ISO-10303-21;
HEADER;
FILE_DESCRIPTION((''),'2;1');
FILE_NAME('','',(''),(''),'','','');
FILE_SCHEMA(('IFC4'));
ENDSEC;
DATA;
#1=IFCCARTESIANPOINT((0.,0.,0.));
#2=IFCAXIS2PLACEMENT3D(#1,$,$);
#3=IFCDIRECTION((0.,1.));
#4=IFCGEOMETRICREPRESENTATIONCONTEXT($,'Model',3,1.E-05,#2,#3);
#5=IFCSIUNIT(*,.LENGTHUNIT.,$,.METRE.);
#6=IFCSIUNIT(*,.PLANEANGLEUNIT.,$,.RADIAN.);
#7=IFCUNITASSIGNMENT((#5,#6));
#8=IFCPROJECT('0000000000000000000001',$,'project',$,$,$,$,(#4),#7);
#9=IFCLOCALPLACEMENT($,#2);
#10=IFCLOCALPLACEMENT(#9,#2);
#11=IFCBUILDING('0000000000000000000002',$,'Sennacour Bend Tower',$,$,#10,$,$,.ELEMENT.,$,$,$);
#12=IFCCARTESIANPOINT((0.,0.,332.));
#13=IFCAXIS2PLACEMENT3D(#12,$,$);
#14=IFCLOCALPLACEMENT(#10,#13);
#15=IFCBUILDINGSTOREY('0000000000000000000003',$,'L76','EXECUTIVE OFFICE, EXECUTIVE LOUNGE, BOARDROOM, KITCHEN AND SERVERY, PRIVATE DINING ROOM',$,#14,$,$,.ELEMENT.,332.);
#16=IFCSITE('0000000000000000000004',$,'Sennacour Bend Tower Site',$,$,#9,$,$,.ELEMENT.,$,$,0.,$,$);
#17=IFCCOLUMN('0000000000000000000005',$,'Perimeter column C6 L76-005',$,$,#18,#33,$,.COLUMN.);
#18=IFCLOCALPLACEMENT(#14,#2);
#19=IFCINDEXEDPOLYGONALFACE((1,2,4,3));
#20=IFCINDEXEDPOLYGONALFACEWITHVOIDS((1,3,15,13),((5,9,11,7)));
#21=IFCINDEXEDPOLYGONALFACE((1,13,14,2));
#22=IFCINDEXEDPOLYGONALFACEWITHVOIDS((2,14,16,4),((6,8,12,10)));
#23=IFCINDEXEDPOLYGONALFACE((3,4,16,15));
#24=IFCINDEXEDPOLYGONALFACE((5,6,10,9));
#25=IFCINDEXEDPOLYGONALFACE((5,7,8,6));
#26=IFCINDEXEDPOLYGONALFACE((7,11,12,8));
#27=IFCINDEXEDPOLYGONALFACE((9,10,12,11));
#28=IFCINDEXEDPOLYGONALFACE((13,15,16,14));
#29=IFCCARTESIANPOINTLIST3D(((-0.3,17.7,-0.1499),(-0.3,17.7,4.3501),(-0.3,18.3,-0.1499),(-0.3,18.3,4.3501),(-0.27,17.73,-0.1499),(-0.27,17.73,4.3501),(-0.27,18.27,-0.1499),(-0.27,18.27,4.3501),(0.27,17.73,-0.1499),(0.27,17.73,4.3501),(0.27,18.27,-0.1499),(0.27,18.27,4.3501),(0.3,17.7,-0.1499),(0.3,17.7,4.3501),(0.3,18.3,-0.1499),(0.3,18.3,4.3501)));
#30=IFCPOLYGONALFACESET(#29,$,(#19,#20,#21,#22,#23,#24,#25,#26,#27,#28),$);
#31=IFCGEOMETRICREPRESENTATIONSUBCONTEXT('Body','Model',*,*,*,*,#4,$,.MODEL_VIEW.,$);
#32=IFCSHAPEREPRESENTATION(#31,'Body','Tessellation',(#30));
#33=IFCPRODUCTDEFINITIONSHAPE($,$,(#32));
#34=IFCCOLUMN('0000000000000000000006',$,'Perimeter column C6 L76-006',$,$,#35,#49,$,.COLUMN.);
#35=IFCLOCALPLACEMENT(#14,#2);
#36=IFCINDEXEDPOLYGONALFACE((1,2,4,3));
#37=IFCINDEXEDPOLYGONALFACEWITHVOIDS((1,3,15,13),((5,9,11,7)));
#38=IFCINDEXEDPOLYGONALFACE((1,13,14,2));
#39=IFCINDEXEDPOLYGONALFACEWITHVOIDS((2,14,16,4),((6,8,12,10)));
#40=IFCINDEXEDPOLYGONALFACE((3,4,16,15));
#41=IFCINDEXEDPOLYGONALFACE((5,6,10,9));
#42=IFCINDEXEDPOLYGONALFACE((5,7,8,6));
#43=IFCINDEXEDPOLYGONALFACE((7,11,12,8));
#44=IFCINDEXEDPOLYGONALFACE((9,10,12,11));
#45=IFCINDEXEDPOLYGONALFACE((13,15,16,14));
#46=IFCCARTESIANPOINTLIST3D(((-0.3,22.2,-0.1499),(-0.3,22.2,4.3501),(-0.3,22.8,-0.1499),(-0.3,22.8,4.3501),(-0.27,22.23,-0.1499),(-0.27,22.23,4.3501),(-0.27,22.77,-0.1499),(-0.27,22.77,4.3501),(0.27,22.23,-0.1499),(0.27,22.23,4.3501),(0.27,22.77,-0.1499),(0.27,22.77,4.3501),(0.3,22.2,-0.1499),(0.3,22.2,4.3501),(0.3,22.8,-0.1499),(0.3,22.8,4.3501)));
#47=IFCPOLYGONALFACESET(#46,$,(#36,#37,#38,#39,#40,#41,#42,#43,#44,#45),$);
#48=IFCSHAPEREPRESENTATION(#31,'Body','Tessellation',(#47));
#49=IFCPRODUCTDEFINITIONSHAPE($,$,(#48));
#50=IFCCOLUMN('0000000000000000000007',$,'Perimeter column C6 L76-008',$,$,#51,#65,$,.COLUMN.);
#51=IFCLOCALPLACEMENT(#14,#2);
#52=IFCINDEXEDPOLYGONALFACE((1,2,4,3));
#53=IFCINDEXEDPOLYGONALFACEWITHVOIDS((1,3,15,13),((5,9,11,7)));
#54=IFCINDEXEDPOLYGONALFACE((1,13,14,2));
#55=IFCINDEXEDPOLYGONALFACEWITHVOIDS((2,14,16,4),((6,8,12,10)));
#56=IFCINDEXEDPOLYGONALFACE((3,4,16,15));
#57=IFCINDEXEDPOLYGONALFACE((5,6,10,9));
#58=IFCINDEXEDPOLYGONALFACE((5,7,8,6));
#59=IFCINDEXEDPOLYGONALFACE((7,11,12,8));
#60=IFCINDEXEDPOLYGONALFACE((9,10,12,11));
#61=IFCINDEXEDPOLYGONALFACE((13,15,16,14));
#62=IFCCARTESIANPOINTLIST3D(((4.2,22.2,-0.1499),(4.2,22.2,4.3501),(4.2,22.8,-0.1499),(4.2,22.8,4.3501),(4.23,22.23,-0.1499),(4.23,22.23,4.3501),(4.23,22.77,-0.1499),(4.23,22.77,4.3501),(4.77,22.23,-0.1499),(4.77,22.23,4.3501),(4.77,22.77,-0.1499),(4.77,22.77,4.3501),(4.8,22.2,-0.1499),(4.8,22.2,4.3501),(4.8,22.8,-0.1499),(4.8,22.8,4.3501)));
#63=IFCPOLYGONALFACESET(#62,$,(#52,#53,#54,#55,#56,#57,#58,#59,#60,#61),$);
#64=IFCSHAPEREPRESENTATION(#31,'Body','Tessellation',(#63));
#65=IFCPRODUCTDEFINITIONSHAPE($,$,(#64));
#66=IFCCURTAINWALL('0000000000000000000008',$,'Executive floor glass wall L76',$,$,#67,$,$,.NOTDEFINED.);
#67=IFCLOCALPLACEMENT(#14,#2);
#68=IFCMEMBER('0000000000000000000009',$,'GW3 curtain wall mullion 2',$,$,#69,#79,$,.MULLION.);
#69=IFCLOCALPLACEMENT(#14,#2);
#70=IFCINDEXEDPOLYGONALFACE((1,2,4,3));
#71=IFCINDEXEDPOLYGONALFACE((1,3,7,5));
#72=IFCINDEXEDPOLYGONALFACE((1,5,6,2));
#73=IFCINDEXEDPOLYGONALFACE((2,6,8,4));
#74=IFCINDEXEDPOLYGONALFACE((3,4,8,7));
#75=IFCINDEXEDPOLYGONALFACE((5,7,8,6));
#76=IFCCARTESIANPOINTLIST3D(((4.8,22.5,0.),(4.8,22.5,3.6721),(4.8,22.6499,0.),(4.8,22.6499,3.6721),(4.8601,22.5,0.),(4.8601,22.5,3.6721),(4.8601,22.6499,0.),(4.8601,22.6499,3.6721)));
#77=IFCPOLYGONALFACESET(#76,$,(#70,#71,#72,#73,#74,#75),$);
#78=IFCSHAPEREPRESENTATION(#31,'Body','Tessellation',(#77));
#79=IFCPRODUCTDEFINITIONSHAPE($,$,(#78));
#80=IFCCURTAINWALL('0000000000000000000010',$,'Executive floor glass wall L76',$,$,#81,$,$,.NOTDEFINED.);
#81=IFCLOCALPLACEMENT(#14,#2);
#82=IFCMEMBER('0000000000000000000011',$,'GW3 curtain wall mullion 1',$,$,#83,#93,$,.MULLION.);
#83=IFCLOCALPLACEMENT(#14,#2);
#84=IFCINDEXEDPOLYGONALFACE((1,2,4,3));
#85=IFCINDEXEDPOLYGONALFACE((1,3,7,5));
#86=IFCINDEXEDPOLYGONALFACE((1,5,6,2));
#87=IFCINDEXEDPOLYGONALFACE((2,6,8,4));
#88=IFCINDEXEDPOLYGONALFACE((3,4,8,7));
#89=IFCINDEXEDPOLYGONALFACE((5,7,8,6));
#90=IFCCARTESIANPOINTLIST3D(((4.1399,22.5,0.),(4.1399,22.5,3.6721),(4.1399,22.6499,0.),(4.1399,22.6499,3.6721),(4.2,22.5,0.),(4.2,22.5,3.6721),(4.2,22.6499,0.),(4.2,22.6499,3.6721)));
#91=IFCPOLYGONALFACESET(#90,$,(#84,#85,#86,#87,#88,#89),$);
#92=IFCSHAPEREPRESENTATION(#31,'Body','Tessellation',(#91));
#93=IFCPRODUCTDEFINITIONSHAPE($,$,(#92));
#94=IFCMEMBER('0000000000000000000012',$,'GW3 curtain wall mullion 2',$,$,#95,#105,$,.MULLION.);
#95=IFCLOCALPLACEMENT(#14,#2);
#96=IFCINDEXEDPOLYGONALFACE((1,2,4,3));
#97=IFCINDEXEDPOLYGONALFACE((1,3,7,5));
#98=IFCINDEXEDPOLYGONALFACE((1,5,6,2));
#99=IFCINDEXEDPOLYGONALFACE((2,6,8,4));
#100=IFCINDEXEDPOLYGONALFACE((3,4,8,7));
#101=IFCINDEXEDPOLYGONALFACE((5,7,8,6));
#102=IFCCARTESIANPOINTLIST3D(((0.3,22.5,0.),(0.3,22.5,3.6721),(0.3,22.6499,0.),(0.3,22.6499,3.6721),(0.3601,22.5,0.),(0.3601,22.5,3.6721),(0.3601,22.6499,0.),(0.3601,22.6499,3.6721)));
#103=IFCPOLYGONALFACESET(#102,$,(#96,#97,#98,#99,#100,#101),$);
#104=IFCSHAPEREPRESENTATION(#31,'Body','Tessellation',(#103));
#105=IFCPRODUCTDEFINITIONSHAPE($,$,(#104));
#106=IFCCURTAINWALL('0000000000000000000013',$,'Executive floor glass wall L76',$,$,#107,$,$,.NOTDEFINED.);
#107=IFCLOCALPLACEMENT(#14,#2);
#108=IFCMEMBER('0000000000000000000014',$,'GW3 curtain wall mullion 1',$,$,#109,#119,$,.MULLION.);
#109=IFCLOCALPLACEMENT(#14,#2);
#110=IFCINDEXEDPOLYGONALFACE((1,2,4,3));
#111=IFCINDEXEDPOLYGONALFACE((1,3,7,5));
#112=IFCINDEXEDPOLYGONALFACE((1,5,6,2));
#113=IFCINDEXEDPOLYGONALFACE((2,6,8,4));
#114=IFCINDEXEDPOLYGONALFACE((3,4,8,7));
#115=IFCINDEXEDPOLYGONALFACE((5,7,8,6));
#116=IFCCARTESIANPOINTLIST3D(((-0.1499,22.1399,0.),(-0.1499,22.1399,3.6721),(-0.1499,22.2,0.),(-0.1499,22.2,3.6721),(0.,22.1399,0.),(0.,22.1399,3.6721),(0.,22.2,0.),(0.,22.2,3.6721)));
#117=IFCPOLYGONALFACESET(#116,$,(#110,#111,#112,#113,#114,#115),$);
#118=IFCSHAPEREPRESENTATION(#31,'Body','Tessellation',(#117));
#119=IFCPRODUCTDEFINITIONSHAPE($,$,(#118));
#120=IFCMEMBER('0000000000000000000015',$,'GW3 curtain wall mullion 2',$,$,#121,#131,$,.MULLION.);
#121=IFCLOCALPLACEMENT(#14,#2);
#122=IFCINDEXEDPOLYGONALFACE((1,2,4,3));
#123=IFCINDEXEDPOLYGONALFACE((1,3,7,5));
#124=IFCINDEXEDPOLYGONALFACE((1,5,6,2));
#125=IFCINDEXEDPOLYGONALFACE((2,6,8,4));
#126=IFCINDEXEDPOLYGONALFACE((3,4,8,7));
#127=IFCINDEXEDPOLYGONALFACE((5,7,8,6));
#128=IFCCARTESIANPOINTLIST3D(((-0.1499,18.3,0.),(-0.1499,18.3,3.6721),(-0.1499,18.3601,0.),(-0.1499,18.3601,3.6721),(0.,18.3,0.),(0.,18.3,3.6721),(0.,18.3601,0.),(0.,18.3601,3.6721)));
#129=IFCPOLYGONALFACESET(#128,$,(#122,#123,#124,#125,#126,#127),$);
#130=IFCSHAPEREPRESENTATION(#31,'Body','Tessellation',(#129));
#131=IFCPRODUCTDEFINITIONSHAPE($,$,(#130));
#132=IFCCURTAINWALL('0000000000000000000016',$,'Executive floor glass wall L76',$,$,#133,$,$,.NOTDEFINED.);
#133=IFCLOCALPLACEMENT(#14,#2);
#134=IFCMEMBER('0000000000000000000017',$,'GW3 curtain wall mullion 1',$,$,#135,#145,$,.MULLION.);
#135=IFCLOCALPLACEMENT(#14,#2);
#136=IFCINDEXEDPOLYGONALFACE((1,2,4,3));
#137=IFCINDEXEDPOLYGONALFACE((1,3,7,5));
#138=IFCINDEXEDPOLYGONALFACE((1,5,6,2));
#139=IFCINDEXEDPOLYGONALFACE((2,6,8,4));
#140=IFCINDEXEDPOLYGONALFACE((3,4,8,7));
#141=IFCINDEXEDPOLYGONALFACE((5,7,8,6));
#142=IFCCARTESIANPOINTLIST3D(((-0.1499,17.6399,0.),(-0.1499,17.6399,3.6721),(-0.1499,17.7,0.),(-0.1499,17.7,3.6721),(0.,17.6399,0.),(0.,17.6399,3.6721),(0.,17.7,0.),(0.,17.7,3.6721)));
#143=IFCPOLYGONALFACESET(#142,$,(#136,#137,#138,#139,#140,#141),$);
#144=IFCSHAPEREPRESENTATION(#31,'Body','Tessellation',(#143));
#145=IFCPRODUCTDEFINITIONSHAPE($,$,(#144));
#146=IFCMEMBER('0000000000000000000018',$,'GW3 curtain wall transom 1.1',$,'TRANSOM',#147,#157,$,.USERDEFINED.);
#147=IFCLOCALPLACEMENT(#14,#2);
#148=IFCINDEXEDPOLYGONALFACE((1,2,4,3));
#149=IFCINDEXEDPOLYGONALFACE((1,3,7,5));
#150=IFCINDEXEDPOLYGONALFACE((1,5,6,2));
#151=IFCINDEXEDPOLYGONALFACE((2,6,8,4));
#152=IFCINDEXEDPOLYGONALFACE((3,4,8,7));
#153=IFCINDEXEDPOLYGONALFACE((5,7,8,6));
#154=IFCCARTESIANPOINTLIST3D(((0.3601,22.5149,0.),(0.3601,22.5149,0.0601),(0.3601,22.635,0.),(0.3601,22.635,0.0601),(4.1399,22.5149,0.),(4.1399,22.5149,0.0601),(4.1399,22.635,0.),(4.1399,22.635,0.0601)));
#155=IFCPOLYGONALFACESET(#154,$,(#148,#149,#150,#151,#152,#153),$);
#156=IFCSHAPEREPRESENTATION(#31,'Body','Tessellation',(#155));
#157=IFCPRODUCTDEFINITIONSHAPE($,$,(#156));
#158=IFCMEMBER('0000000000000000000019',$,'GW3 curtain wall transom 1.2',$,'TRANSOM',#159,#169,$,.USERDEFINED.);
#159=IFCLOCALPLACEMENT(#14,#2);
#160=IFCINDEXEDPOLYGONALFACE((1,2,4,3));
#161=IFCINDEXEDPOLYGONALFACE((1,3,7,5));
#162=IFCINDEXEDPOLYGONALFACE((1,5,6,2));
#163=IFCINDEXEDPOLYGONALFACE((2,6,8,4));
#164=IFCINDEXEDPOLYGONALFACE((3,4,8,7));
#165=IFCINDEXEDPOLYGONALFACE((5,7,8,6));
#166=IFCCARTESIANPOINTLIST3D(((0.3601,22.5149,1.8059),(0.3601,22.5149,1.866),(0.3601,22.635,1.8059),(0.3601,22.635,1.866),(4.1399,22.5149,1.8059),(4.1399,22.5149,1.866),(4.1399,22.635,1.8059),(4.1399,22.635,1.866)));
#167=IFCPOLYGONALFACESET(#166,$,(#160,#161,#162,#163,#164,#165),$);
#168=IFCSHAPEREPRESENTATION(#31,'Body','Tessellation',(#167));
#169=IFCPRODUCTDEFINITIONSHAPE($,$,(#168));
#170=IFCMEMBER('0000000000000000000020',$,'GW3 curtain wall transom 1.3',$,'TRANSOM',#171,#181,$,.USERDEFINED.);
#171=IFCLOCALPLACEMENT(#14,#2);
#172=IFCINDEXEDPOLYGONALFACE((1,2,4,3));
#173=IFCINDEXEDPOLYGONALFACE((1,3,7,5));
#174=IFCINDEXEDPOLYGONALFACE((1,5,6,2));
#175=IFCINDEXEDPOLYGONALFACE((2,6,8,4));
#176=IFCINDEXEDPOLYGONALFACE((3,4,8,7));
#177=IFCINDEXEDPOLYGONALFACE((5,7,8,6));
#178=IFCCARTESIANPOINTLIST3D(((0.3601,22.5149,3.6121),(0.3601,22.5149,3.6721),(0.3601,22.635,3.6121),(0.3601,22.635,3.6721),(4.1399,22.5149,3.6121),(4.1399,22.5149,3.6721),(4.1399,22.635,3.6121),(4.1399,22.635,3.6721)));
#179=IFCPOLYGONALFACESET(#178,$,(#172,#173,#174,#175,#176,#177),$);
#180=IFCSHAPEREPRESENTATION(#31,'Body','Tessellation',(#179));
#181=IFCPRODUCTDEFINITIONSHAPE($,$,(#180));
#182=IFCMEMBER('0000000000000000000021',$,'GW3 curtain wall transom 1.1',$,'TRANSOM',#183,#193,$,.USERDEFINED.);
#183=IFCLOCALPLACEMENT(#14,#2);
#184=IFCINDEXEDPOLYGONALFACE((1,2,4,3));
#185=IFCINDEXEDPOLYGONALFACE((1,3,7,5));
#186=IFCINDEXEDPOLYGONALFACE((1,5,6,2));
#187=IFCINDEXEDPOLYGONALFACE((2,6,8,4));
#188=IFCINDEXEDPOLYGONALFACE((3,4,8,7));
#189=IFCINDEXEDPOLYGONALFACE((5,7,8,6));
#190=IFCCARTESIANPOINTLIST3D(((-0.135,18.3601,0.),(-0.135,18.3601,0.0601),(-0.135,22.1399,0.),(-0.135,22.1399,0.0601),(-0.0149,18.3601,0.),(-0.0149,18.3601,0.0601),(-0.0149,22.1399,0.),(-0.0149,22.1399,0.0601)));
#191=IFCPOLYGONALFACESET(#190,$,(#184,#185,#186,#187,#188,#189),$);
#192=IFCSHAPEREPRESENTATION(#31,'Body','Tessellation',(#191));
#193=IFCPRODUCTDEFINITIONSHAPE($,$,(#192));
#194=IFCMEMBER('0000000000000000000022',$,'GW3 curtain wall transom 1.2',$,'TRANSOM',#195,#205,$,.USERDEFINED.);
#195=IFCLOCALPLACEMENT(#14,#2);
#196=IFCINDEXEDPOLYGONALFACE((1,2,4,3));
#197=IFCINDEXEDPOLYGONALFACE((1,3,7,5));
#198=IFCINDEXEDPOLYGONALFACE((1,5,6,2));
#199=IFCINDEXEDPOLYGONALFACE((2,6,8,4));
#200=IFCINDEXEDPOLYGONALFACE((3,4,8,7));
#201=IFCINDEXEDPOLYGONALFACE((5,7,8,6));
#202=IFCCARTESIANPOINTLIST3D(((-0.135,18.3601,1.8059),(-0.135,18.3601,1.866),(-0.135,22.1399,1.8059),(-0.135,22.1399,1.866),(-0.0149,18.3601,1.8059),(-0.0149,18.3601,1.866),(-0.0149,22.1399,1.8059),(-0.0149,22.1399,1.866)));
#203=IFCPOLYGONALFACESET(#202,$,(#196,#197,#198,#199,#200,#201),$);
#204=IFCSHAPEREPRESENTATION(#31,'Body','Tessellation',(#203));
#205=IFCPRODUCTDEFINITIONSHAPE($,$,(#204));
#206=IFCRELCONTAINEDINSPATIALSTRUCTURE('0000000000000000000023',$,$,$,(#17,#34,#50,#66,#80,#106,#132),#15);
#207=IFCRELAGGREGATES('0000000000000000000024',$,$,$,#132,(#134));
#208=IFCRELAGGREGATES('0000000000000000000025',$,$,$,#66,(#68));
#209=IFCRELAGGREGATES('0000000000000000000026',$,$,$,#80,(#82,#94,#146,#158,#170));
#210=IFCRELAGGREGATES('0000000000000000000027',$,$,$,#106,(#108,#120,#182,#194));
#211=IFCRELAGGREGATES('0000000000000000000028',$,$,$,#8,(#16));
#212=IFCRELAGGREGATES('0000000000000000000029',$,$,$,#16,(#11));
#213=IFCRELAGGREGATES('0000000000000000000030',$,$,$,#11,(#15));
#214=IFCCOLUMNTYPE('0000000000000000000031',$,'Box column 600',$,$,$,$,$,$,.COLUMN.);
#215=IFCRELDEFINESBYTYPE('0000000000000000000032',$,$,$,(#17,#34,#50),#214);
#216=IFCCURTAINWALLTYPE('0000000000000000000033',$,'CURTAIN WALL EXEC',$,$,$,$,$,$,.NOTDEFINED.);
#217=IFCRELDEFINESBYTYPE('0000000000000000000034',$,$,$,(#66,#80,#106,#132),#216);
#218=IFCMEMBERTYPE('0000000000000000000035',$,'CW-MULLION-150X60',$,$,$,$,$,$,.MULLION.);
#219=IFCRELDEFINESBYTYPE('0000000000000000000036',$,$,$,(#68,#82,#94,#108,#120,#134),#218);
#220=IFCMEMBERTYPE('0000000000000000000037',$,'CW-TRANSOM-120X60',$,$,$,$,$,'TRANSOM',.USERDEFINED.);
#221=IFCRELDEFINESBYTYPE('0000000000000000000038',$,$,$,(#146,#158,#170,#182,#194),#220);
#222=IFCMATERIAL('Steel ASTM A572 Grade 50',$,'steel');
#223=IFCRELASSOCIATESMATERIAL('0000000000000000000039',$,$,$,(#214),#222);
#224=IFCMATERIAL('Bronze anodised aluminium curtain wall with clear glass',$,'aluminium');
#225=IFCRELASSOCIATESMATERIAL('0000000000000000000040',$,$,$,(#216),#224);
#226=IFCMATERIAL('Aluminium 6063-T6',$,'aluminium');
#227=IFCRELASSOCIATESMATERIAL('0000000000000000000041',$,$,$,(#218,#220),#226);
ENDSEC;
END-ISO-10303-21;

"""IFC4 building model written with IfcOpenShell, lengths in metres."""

from ifc_helpers import new_model, si_unit, direction, frame, origin, origin_2d, place, context, subcontext, project, spatial, rectangle, hollow_rectangle, extrude, material, material_profile, profile_set, type_object, element, aggregate, save


model = new_model("IFC4")

# Units and contexts
model_context = context("Model", 3, precision=1e-05, world=origin(), true_north=direction((0.0, 1.0)))
body_context = subcontext(model_context, "Body", "Model", "MODEL_VIEW")
ifc_project = project(units=[si_unit("LENGTHUNIT", "METRE"), si_unit("PLANEANGLEUNIT", "RADIAN")], contexts=[model_context])

# Site, building, storey
site_placement = place(None, origin())
site = spatial("IfcSite", under=ifc_project, at=site_placement, Name="Sennacour Bend Tower Site", CompositionType="ELEMENT", RefElevation=0.0)
building_placement = place(site_placement, origin())
building = spatial("IfcBuilding", under=site, at=building_placement, Name="Sennacour Bend Tower", CompositionType="ELEMENT")
storey_placement = place(building_placement, frame((0.0, 0.0, 332.0)))
storey = spatial("IfcBuildingStorey", under=building, at=storey_placement, Name="L76", Description="EXECUTIVE OFFICE, EXECUTIVE LOUNGE, BOARDROOM, KITCHEN AND SERVERY, PRIVATE DINING ROOM", CompositionType="ELEMENT", Elevation=332.0)

# Columns
ifc_material_1 = material(Name="Steel ASTM A572 Grade 50", Category="steel")
ifc_material_profile_1 = material_profile(ifc_material_1, hollow_rectangle(XDim=0.6001, YDim=0.6001, WallThickness=0.03, at=origin_2d()), Name="Steel ASTM A572 Grade 50", Category="steel")
ifc_profile_set_1 = profile_set([ifc_material_profile_1], Name="Steel ASTM A572 Grade 50")
column_type = type_object("IfcColumnType", Name="Box column 600", PredefinedType="COLUMN", material=ifc_profile_set_1)
for number, where, z_axis, x_axis, name in (
    (1, (0.0, 18.0, -0.1499), (0.0, 0.0, 1.0), (1.0, 0.0, 0.0), "Perimeter column C6 L76-005"),
    (2, (0.0, 22.5, -0.1499), (0.0, 0.0, 1.0), (1.0, 0.0, 0.0), "Perimeter column C6 L76-006"),
    (3, (4.5, 22.5, -0.1499), (0.0, 0.0, 1.0), (1.0, 0.0, 0.0), "Perimeter column C6 L76-008"),
):
    element("IfcColumn", number, at=place(storey_placement, frame(where, z_axis=z_axis, x_axis=x_axis)), inside=storey, type_object=column_type, Name=name, PredefinedType="COLUMN", context=body_context, shape_type="SweptSolid", body=[
        extrude(hollow_rectangle(XDim=0.6001, YDim=0.6001, WallThickness=0.03, at=origin_2d()), origin(), (0.0, 0.0, 1.0), 4.5),
    ])

# Curtain wall, member
ifc_material_2 = material(Name="Bronze anodised aluminium curtain wall with clear glass", Category="aluminium")
curtain_wall_type = type_object("IfcCurtainWallType", Name="CURTAIN WALL EXEC", PredefinedType="NOTDEFINED", material=ifc_material_2)
curtain_wall_1_placement = place(storey_placement, origin())
curtain_wall_1 = element("IfcCurtainWall", 4, at=curtain_wall_1_placement, inside=storey, type_object=curtain_wall_type, Name="Executive floor glass wall L76", PredefinedType="NOTDEFINED")
ifc_material_3 = material(Name="Aluminium 6063-T6", Category="aluminium")
ifc_material_profile_2 = material_profile(ifc_material_3, rectangle(XDim=0.1499, YDim=0.0601, at=origin_2d()), Name="Aluminium 6063-T6", Category="aluminium")
ifc_profile_set_2 = profile_set([ifc_material_profile_2], Name="Aluminium 6063-T6")
member_type_1 = type_object("IfcMemberType", Name="CW-MULLION-150X60", PredefinedType="MULLION", material=ifc_profile_set_2)
member_1_placement = place(storey_placement, frame((4.8301, 22.575, 0.0), z_axis=(0.0, 0.0, 1.0), x_axis=(0.0, -1.0, 0.0)))
member_1 = element("IfcMember", 5, at=member_1_placement, type_object=member_type_1, Name="GW3 curtain wall mullion 2", PredefinedType="MULLION", context=body_context, shape_type="SweptSolid", body=[
    extrude(rectangle(XDim=0.1499, YDim=0.0601, at=origin_2d()), origin(), (0.0, 0.0, 1.0), 3.6721),
])

# Curtain walls, members
curtain_wall_2_placement = place(storey_placement, origin())
curtain_wall_2 = element("IfcCurtainWall", 6, at=curtain_wall_2_placement, inside=storey, type_object=curtain_wall_type, Name="Executive floor glass wall L76", PredefinedType="NOTDEFINED")
member_2_placement = place(storey_placement, frame((4.1699, 22.575, 0.0), z_axis=(0.0, 0.0, 1.0), x_axis=(0.0, -1.0, 0.0)))
member_2 = element("IfcMember", 7, at=member_2_placement, type_object=member_type_1, Name="GW3 curtain wall mullion 1", PredefinedType="MULLION", context=body_context, shape_type="SweptSolid", body=[
    extrude(rectangle(XDim=0.1499, YDim=0.0601, at=origin_2d()), origin(), (0.0, 0.0, 1.0), 3.6721),
])
member_3_placement = place(storey_placement, frame((0.3301, 22.575, 0.0), z_axis=(0.0, 0.0, 1.0), x_axis=(0.0, -1.0, 0.0)))
member_3 = element("IfcMember", 8, at=member_3_placement, type_object=member_type_1, Name="GW3 curtain wall mullion 2", PredefinedType="MULLION", context=body_context, shape_type="SweptSolid", body=[
    extrude(rectangle(XDim=0.1499, YDim=0.0601, at=origin_2d()), origin(), (0.0, 0.0, 1.0), 3.6721),
])
curtain_wall_3_placement = place(storey_placement, origin())
curtain_wall_3 = element("IfcCurtainWall", 9, at=curtain_wall_3_placement, inside=storey, type_object=curtain_wall_type, Name="Executive floor glass wall L76", PredefinedType="NOTDEFINED")
member_4_placement = place(storey_placement, frame((-0.075, 22.1699, 0.0), z_axis=(0.0, 0.0, 1.0), x_axis=(1.0, 0.0, 0.0)))
member_4 = element("IfcMember", 10, at=member_4_placement, type_object=member_type_1, Name="GW3 curtain wall mullion 1", PredefinedType="MULLION", context=body_context, shape_type="SweptSolid", body=[
    extrude(rectangle(XDim=0.1499, YDim=0.0601, at=origin_2d()), origin(), (0.0, 0.0, 1.0), 3.6721),
])
member_5_placement = place(storey_placement, frame((-0.075, 18.3301, 0.0), z_axis=(0.0, 0.0, 1.0), x_axis=(1.0, 0.0, 0.0)))
member_5 = element("IfcMember", 11, at=member_5_placement, type_object=member_type_1, Name="GW3 curtain wall mullion 2", PredefinedType="MULLION", context=body_context, shape_type="SweptSolid", body=[
    extrude(rectangle(XDim=0.1499, YDim=0.0601, at=origin_2d()), origin(), (0.0, 0.0, 1.0), 3.6721),
])

# Curtain wall, member
curtain_wall_4_placement = place(storey_placement, origin())
curtain_wall_4 = element("IfcCurtainWall", 12, at=curtain_wall_4_placement, inside=storey, type_object=curtain_wall_type, Name="Executive floor glass wall L76", PredefinedType="NOTDEFINED")
member_6_placement = place(storey_placement, frame((-0.075, 17.6699, 0.0), z_axis=(0.0, 0.0, 1.0), x_axis=(1.0, 0.0, 0.0)))
member_6 = element("IfcMember", 13, at=member_6_placement, type_object=member_type_1, Name="GW3 curtain wall mullion 1", PredefinedType="MULLION", context=body_context, shape_type="SweptSolid", body=[
    extrude(rectangle(XDim=0.1499, YDim=0.0601, at=origin_2d()), origin(), (0.0, 0.0, 1.0), 3.6721),
])

# Members
ifc_material_profile_3 = material_profile(ifc_material_3, rectangle(XDim=0.1201, YDim=0.0601, at=origin_2d()), Name="Aluminium 6063-T6", Category="aluminium")
ifc_profile_set_3 = profile_set([ifc_material_profile_3], Name="Aluminium 6063-T6")
member_type_2 = type_object("IfcMemberType", Name="CW-TRANSOM-120X60", ElementType="TRANSOM", PredefinedType="USERDEFINED", material=ifc_profile_set_3)
member_7_placement = place(storey_placement, frame((4.1399, 22.575, 0.03), z_axis=(-1.0, 0.0, 0.0), x_axis=(0.0, -1.0, 0.0)))
member_7 = element("IfcMember", 14, at=member_7_placement, type_object=member_type_2, Name="GW3 curtain wall transom 1.1", ObjectType="TRANSOM", PredefinedType="USERDEFINED", context=body_context, shape_type="SweptSolid", body=[
    extrude(rectangle(XDim=0.1201, YDim=0.0601, at=origin_2d()), origin(), (0.0, 0.0, 1.0), 3.7798),
])
member_8_placement = place(storey_placement, frame((4.1399, 22.575, 1.8359), z_axis=(-1.0, 0.0, 0.0), x_axis=(0.0, -1.0, 0.0)))
member_8 = element("IfcMember", 15, at=member_8_placement, type_object=member_type_2, Name="GW3 curtain wall transom 1.2", ObjectType="TRANSOM", PredefinedType="USERDEFINED", context=body_context, shape_type="SweptSolid", body=[
    extrude(rectangle(XDim=0.1201, YDim=0.0601, at=origin_2d()), origin(), (0.0, 0.0, 1.0), 3.7798),
])
member_9_placement = place(storey_placement, frame((4.1399, 22.575, 3.6421), z_axis=(-1.0, 0.0, 0.0), x_axis=(0.0, -1.0, 0.0)))
member_9 = element("IfcMember", 16, at=member_9_placement, type_object=member_type_2, Name="GW3 curtain wall transom 1.3", ObjectType="TRANSOM", PredefinedType="USERDEFINED", context=body_context, shape_type="SweptSolid", body=[
    extrude(rectangle(XDim=0.1201, YDim=0.0601, at=origin_2d()), origin(), (0.0, 0.0, 1.0), 3.7798),
])
member_10_placement = place(storey_placement, frame((-0.075, 22.1399, 0.03), z_axis=(0.0, -1.0, 0.0), x_axis=(1.0, 0.0, 0.0)))
member_10 = element("IfcMember", 17, at=member_10_placement, type_object=member_type_2, Name="GW3 curtain wall transom 1.1", ObjectType="TRANSOM", PredefinedType="USERDEFINED", context=body_context, shape_type="SweptSolid", body=[
    extrude(rectangle(XDim=0.1201, YDim=0.0601, at=origin_2d()), origin(), (0.0, 0.0, 1.0), 3.7798),
])
member_11_placement = place(storey_placement, frame((-0.075, 22.1399, 1.8359), z_axis=(0.0, -1.0, 0.0), x_axis=(1.0, 0.0, 0.0)))
member_11 = element("IfcMember", 18, at=member_11_placement, type_object=member_type_2, Name="GW3 curtain wall transom 1.2", ObjectType="TRANSOM", PredefinedType="USERDEFINED", context=body_context, shape_type="SweptSolid", body=[
    extrude(rectangle(XDim=0.1201, YDim=0.0601, at=origin_2d()), origin(), (0.0, 0.0, 1.0), 3.7798),
])
aggregate(curtain_wall_4, [member_6])

aggregate(curtain_wall_1, [member_1])
aggregate(curtain_wall_2, [member_2, member_3, member_7, member_8, member_9])
aggregate(curtain_wall_3, [member_4, member_5, member_10, member_11])

save(model, "model.ifc")
